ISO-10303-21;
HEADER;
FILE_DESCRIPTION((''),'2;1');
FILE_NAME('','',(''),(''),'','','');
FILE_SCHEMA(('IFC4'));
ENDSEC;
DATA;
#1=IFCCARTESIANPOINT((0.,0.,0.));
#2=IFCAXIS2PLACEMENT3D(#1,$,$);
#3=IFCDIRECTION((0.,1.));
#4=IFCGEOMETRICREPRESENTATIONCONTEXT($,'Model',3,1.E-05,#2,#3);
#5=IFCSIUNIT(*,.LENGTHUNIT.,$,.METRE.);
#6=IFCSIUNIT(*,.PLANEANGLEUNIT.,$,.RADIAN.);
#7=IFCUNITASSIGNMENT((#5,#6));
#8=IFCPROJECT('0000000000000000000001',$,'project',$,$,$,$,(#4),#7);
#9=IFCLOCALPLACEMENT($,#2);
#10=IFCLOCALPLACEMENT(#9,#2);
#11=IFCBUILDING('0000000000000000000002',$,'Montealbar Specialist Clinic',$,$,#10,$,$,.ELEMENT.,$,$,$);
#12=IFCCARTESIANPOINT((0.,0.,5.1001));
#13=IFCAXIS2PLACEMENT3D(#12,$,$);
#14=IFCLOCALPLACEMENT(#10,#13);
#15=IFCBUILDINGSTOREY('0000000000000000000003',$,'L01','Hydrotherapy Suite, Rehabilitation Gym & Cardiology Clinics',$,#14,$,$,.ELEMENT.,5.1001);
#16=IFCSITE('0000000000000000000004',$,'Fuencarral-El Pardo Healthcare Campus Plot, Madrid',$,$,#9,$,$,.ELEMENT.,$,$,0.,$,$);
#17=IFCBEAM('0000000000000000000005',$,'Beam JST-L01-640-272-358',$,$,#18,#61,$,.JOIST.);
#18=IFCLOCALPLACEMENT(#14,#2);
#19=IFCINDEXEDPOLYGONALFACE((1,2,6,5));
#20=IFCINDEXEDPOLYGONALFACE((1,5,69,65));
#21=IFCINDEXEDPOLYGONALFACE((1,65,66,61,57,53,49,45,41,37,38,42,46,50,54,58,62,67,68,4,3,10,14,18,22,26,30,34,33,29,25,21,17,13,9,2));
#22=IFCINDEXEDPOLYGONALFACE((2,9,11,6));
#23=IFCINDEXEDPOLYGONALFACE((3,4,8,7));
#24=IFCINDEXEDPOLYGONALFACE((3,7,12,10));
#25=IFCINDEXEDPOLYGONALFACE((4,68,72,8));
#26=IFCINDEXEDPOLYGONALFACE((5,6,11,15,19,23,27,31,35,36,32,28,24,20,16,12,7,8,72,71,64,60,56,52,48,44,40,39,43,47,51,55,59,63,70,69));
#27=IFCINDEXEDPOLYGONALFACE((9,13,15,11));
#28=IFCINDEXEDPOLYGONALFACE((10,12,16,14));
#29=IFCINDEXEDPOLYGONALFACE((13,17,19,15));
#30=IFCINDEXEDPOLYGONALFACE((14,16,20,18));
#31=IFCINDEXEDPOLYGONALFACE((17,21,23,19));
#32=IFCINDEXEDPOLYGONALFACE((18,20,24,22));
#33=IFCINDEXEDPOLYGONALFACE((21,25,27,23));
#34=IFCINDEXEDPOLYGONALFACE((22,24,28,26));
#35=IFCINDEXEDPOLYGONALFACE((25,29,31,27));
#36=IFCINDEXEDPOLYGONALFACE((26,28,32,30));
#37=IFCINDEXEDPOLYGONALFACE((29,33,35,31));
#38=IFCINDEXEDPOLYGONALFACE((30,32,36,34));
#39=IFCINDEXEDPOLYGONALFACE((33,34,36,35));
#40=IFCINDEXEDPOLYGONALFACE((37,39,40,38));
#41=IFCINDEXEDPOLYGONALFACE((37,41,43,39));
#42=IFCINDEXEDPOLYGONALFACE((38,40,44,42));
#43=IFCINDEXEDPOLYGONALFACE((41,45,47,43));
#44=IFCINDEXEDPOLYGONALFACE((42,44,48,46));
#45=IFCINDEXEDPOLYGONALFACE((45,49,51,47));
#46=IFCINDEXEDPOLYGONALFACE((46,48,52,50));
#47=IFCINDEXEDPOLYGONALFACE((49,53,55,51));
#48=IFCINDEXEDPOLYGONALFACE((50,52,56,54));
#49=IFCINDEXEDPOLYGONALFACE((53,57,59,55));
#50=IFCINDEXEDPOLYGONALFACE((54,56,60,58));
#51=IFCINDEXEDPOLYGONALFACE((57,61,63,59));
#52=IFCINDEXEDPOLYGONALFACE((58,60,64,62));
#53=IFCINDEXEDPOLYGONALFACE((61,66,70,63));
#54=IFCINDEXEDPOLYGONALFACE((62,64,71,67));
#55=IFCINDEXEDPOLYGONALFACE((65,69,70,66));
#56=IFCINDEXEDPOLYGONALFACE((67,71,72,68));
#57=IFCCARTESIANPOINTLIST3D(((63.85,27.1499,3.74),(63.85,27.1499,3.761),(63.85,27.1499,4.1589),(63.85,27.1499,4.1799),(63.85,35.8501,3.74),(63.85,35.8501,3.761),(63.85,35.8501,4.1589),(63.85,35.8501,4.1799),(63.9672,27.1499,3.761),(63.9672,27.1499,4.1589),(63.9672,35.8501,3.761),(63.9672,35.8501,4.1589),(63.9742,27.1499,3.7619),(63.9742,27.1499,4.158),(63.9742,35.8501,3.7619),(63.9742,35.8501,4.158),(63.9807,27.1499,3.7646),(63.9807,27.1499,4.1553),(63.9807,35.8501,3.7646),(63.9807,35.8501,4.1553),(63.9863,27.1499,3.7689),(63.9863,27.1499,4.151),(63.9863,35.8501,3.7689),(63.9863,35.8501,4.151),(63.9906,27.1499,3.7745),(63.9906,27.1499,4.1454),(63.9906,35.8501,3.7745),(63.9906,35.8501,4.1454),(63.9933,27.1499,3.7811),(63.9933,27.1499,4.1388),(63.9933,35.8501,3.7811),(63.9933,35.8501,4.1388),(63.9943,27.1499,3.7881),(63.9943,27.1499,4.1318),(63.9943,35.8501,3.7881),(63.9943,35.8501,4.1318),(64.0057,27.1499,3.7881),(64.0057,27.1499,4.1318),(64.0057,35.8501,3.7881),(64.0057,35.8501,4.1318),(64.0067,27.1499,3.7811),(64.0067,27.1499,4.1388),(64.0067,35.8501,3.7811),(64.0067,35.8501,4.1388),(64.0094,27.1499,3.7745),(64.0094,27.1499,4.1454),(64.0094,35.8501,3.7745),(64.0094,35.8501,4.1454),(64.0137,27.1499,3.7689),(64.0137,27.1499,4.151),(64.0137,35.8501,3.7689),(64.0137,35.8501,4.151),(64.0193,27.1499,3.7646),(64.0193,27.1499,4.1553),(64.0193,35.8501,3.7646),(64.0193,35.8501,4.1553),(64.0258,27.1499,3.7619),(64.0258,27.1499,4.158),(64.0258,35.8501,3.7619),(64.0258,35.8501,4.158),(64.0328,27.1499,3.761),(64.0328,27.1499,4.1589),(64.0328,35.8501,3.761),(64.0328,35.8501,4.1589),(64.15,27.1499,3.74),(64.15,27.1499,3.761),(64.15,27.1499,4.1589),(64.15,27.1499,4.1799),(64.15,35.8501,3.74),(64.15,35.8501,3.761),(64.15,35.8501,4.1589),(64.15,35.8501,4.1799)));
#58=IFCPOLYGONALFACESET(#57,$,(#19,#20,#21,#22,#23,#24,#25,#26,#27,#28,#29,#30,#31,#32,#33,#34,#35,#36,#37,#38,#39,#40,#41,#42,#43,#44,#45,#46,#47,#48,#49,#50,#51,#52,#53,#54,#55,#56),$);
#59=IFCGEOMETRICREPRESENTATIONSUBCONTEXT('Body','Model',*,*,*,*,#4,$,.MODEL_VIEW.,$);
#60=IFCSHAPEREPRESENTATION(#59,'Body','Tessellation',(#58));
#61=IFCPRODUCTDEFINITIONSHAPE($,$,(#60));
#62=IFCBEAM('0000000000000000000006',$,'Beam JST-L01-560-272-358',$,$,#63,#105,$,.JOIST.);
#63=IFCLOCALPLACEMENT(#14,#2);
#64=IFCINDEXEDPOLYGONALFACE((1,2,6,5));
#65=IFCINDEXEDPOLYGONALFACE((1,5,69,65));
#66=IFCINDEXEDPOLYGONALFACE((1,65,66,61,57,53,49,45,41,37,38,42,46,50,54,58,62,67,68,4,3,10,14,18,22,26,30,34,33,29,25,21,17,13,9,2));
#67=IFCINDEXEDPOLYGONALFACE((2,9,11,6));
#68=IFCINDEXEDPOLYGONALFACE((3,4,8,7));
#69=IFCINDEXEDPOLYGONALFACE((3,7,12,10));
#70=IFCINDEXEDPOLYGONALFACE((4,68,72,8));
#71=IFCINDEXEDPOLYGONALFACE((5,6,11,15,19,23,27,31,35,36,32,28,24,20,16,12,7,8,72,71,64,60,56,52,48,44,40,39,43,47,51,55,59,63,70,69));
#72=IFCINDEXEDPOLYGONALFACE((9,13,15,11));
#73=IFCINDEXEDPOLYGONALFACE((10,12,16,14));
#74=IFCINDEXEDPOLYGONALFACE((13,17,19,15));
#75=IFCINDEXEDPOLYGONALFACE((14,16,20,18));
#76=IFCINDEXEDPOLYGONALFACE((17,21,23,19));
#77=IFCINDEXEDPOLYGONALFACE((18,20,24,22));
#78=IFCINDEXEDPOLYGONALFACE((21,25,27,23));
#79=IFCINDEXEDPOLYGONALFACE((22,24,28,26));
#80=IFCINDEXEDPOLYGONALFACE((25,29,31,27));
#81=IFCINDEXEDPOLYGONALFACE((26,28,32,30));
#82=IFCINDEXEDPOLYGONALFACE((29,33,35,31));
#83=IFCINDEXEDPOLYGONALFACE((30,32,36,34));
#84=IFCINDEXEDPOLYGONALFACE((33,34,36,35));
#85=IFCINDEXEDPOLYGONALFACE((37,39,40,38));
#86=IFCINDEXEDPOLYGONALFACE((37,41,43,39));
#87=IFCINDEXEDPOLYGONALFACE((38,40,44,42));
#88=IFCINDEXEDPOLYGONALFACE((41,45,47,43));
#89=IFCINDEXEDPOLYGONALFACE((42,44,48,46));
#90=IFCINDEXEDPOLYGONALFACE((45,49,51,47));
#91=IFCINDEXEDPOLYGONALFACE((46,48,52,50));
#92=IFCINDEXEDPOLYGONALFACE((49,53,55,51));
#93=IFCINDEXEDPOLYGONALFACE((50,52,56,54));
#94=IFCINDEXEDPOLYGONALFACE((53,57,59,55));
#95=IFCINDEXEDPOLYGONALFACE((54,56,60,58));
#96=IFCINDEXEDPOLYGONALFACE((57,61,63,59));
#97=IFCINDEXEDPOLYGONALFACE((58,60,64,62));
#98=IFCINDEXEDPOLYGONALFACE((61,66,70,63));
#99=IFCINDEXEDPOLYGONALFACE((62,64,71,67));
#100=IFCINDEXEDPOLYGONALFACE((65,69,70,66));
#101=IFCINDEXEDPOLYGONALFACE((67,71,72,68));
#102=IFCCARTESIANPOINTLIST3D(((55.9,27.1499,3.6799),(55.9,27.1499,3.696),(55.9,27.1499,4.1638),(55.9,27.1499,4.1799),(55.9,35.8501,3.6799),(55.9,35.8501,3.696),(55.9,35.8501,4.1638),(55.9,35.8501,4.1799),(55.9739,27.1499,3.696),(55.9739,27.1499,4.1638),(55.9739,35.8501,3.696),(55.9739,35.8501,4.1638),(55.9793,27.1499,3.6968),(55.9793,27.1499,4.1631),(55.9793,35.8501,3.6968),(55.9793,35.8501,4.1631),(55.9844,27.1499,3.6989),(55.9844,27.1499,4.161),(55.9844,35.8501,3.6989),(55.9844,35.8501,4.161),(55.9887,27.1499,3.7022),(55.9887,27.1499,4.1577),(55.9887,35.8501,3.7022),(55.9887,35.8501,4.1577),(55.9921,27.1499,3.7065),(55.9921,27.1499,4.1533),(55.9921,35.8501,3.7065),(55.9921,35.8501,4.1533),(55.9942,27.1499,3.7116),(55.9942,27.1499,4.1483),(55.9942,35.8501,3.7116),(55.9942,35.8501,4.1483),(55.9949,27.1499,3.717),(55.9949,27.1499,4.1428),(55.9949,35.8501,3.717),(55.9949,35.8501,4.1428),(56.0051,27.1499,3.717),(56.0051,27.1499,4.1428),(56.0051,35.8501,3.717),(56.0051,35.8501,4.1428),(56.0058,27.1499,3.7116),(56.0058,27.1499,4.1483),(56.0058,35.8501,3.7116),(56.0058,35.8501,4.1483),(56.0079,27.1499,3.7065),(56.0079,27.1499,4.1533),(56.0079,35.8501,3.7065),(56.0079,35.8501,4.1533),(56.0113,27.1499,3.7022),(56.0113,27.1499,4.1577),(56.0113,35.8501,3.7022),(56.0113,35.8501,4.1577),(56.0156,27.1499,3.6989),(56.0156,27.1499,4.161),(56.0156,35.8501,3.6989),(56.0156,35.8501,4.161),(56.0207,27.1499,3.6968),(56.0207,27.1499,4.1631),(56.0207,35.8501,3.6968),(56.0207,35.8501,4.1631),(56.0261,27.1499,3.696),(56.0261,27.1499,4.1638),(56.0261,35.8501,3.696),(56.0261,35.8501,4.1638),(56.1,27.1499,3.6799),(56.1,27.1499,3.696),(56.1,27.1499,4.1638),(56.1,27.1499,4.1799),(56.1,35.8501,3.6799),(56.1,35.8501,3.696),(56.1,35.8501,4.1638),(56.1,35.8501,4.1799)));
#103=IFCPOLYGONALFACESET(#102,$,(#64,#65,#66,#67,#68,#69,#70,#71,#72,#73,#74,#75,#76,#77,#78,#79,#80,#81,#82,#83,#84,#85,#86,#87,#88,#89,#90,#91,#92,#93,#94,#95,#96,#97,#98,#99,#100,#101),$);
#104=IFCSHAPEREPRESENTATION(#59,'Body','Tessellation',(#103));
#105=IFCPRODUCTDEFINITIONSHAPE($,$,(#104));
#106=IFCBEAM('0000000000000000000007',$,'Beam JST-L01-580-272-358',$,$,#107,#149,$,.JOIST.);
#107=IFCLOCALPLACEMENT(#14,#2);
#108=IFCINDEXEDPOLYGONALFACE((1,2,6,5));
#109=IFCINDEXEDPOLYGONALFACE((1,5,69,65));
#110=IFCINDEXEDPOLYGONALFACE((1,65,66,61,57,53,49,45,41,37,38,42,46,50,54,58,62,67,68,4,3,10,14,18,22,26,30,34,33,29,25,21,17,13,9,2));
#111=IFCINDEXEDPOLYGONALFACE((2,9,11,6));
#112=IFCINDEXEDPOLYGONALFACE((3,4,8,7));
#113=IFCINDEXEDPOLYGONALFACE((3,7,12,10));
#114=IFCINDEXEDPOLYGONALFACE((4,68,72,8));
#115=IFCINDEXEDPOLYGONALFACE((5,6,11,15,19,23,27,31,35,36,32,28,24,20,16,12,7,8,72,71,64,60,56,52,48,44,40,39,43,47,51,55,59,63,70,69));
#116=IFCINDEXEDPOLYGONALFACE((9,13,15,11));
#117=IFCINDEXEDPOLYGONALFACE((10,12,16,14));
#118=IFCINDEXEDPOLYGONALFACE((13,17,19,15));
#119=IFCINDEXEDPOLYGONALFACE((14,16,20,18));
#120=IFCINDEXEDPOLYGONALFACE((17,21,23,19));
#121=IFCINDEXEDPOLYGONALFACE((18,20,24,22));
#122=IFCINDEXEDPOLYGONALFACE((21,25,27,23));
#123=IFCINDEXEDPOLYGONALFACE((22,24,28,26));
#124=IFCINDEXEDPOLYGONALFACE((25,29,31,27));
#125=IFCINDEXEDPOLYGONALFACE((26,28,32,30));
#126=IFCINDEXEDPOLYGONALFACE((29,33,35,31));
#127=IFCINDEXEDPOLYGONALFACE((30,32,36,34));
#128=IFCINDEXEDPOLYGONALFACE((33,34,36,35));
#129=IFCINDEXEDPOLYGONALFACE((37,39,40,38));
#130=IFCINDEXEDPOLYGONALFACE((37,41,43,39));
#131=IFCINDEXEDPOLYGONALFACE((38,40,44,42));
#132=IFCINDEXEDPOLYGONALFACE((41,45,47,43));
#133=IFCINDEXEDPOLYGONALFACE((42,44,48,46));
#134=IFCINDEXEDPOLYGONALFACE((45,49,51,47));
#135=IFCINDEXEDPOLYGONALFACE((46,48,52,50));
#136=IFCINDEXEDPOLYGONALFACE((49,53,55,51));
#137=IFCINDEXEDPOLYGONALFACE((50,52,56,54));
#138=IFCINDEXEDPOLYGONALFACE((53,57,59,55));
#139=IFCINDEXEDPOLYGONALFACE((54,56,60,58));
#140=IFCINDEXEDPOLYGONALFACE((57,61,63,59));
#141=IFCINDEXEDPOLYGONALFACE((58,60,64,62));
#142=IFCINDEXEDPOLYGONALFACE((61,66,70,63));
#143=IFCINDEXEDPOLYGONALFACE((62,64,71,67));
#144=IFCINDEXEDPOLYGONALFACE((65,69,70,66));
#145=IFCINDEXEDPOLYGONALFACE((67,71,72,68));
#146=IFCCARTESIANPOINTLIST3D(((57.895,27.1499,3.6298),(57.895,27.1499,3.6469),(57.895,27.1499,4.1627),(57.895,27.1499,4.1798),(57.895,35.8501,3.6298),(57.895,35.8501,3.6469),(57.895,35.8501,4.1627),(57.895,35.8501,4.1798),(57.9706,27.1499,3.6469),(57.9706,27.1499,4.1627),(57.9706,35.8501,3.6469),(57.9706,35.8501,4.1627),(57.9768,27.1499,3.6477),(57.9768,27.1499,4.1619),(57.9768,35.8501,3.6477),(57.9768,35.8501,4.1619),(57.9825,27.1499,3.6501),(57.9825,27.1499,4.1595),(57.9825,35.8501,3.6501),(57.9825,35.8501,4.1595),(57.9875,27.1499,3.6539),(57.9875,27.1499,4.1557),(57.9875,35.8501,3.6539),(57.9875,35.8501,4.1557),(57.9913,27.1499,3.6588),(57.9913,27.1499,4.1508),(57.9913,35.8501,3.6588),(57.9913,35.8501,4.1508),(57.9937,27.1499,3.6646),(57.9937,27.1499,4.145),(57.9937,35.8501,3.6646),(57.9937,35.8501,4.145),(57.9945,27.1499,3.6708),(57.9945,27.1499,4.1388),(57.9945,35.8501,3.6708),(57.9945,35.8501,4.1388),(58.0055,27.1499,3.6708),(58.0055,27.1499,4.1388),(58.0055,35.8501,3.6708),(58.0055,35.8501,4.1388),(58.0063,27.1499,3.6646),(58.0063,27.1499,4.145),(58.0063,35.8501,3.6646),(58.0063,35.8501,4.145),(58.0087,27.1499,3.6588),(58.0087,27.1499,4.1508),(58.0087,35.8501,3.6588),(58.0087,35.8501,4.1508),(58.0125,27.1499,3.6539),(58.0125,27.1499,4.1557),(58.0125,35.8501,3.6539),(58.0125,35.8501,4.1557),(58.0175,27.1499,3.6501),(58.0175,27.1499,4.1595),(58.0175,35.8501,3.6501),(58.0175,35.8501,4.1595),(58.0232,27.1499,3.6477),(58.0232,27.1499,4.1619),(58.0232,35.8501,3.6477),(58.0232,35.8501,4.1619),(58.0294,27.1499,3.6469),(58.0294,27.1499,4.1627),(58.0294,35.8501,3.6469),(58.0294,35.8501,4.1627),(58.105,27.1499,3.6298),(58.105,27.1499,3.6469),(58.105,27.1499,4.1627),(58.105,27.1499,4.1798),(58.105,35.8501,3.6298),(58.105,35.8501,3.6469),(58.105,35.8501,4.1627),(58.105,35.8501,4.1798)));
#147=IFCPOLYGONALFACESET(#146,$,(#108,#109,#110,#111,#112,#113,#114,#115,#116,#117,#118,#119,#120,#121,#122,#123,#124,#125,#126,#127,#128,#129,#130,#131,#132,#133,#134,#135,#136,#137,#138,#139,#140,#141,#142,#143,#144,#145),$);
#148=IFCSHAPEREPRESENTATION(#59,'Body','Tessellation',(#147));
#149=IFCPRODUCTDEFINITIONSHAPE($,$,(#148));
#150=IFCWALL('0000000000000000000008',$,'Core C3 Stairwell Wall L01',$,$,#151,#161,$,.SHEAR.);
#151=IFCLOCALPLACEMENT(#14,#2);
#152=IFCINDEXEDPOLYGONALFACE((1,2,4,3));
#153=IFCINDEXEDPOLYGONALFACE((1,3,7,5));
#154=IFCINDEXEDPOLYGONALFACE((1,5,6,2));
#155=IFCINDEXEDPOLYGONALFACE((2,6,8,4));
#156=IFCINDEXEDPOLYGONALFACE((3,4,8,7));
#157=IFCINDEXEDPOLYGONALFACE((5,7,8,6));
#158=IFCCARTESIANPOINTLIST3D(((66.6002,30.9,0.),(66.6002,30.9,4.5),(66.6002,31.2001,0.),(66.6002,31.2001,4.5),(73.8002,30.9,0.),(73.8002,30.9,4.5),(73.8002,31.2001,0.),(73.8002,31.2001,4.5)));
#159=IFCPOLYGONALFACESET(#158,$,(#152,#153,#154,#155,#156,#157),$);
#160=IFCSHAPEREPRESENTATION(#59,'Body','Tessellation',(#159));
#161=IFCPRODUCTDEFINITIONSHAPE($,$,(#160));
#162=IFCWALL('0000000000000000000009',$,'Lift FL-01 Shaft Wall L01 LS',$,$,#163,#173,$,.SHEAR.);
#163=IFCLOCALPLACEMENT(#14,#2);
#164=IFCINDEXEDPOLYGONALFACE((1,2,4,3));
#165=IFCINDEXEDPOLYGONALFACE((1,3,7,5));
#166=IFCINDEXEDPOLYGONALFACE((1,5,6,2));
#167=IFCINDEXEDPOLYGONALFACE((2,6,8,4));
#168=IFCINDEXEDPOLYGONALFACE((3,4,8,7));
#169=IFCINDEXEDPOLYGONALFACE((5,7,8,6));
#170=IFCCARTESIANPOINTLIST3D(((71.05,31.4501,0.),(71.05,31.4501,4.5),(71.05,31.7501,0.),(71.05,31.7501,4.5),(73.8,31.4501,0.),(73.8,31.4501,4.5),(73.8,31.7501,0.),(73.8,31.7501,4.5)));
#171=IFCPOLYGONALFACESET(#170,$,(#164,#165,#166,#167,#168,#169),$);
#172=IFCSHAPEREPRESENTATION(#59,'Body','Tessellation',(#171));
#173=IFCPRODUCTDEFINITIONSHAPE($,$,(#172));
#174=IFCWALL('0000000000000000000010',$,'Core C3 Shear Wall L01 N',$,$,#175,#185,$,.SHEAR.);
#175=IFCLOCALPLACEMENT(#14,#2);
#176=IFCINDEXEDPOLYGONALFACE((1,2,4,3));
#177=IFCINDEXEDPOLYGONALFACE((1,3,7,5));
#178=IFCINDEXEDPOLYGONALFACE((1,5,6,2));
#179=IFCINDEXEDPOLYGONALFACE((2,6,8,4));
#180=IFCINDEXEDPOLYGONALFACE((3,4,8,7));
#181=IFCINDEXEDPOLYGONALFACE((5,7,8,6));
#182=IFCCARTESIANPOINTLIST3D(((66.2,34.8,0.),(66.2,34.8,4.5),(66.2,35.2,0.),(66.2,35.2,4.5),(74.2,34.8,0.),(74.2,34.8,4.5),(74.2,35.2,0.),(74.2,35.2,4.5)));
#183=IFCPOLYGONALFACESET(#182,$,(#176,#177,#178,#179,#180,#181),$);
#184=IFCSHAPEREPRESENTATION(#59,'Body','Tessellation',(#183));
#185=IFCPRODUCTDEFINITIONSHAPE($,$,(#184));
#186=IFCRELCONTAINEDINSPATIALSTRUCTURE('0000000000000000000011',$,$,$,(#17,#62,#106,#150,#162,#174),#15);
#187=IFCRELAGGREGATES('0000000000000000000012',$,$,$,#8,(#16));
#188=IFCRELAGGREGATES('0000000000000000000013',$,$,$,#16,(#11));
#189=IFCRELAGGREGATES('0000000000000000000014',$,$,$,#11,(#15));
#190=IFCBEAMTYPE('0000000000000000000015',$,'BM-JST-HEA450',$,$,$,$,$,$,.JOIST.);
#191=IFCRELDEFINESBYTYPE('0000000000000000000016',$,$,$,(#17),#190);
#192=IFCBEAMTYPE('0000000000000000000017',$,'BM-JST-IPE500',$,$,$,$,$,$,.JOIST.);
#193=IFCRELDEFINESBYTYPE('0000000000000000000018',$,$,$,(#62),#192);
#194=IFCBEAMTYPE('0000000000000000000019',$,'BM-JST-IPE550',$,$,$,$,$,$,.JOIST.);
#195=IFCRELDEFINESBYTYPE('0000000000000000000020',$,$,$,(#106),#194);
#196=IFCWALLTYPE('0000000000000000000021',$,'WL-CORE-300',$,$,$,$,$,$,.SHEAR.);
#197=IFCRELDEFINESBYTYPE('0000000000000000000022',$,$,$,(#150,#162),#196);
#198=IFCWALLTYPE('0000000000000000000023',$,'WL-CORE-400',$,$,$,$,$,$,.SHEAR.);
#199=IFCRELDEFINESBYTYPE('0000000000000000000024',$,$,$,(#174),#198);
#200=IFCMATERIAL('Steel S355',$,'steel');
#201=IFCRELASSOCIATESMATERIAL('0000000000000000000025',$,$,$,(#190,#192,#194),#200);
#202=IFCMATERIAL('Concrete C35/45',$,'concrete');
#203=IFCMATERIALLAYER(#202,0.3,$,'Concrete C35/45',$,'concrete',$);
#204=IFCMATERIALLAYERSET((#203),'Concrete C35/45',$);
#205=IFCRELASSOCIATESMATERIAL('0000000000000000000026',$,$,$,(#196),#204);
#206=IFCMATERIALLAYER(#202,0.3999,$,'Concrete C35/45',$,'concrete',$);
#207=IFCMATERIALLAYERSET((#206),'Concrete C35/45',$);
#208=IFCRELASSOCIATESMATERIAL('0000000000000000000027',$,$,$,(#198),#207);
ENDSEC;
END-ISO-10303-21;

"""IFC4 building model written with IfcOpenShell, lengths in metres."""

from ifc_helpers import new_model, si_unit, direction, frame, frame_2d, origin, origin_2d, place, context, subcontext, project, spatial, rectangle, i_section, extrude, material, layer, layer_set, material_profile, profile_set, type_object, element, save


model = new_model("IFC4")

# Units and contexts
model_context = context("Model", 3, precision=1e-05, world=origin(), true_north=direction((0.0, 1.0)))
body_context = subcontext(model_context, "Body", "Model", "MODEL_VIEW")
ifc_project = project(units=[si_unit("LENGTHUNIT", "METRE"), si_unit("PLANEANGLEUNIT", "RADIAN")], contexts=[model_context])

# Site, building, storey
site_placement = place(None, origin())
site = spatial("IfcSite", under=ifc_project, at=site_placement, Name="Fuencarral-El Pardo Healthcare Campus Plot, Madrid", CompositionType="ELEMENT", RefElevation=0.0)
building_placement = place(site_placement, origin())
building = spatial("IfcBuilding", under=site, at=building_placement, Name="Montealbar Specialist Clinic", CompositionType="ELEMENT")
storey_placement = place(building_placement, frame((0.0, 0.0, 5.1001)))
storey = spatial("IfcBuildingStorey", under=building, at=storey_placement, Name="L01", Description="Hydrotherapy Suite, Rehabilitation Gym & Cardiology Clinics", CompositionType="ELEMENT", Elevation=5.1001)

# Shared definitions
ifc_material_1 = material(Name="Steel S355", Category="steel")

# Beams
ifc_material_profile_1 = material_profile(ifc_material_1, i_section(OverallWidth=0.3, OverallDepth=0.4399, WebThickness=0.0115, FlangeThickness=0.021, FilletRadius=0.0271, at=origin_2d()), Name="HEA 450", Category="steel")
ifc_profile_set_1 = profile_set([ifc_material_profile_1], Name="Steel S355")
beam_type_1 = type_object("IfcBeamType", Name="BM-JST-HEA450", PredefinedType="JOIST", material=ifc_profile_set_1)
beam_1_placement = place(storey_placement, frame((64.0, 27.1499, 3.96), z_axis=(0.0, 1.0, 0.0), x_axis=(-1.0, 0.0, 0.0)))
element("IfcBeam", 1, at=beam_1_placement, inside=storey, type_object=beam_type_1, Name="Beam JST-L01-640-272-358", PredefinedType="JOIST", context=body_context, shape_type="SweptSolid", body=[
    extrude(i_section(OverallWidth=0.3, OverallDepth=0.4399, WebThickness=0.0115, FlangeThickness=0.021, FilletRadius=0.0271, at=origin_2d()), origin(), (0.0, 0.0, 1.0), 8.7002),
])
ifc_material_profile_2 = material_profile(ifc_material_1, i_section(OverallWidth=0.2, OverallDepth=0.5, WebThickness=0.0103, FlangeThickness=0.0161, FilletRadius=0.021, at=origin_2d()), Name="IPE 500", Category="steel")
ifc_profile_set_2 = profile_set([ifc_material_profile_2], Name="Steel S355")
beam_type_2 = type_object("IfcBeamType", Name="BM-JST-IPE500", PredefinedType="JOIST", material=ifc_profile_set_2)
beam_2_placement = place(storey_placement, frame((56.0, 27.1499, 3.9299), z_axis=(0.0, 1.0, 0.0), x_axis=(-1.0, 0.0, 0.0)))
element("IfcBeam", 2, at=beam_2_placement, inside=storey, type_object=beam_type_2, Name="Beam JST-L01-560-272-358", PredefinedType="JOIST", context=body_context, shape_type="SweptSolid", body=[
    extrude(i_section(OverallWidth=0.2, OverallDepth=0.5, WebThickness=0.0103, FlangeThickness=0.0161, FilletRadius=0.021, at=origin_2d()), origin(), (0.0, 0.0, 1.0), 8.7002),
])
ifc_material_profile_3 = material_profile(ifc_material_1, i_section(OverallWidth=0.21, OverallDepth=0.55, WebThickness=0.011, FlangeThickness=0.0171, FilletRadius=0.0239, at=origin_2d()), Name="IPE 550", Category="steel")
ifc_profile_set_3 = profile_set([ifc_material_profile_3], Name="Steel S355")
beam_type_3 = type_object("IfcBeamType", Name="BM-JST-IPE550", PredefinedType="JOIST", material=ifc_profile_set_3)
beam_3_placement = place(storey_placement, frame((58.0, 27.1499, 3.9048), z_axis=(0.0, 1.0, 0.0), x_axis=(-1.0, 0.0, 0.0)))
element("IfcBeam", 3, at=beam_3_placement, inside=storey, type_object=beam_type_3, Name="Beam JST-L01-580-272-358", PredefinedType="JOIST", context=body_context, shape_type="SweptSolid", body=[
    extrude(i_section(OverallWidth=0.21, OverallDepth=0.55, WebThickness=0.011, FlangeThickness=0.0171, FilletRadius=0.0239, at=origin_2d()), origin(), (0.0, 0.0, 1.0), 8.7002),
])

# Walls
ifc_material_2 = material(Name="Concrete C35/45", Category="concrete")
ifc_layer_1 = layer(ifc_material_2, 0.3, Name="Concrete C35/45", Category="concrete")
ifc_layer_set_1 = layer_set([ifc_layer_1], Name="Concrete C35/45")
wall_type_1 = type_object("IfcWallType", Name="WL-CORE-300", PredefinedType="SHEAR", material=ifc_layer_set_1)
wall_1_placement = place(storey_placement, frame((66.6001, 31.05, 0.0), z_axis=(0.0, 0.0, 1.0), x_axis=(1.0, 0.0, 0.0)))
element("IfcWall", 4, at=wall_1_placement, inside=storey, type_object=wall_type_1, Name="Core C3 Stairwell Wall L01", PredefinedType="SHEAR", context=body_context, shape_type="SweptSolid", body=[
    extrude(rectangle(XDim=7.2, YDim=0.3, at=frame_2d((3.6001, 0.0))), origin(), (0.0, 0.0, 1.0), 4.5),
])
wall_2_placement = place(storey_placement, frame((71.05, 31.6001, 0.0), z_axis=(0.0, 0.0, 1.0), x_axis=(1.0, 0.0, 0.0)))
element("IfcWall", 5, at=wall_2_placement, inside=storey, type_object=wall_type_1, Name="Lift FL-01 Shaft Wall L01 LS", PredefinedType="SHEAR", context=body_context, shape_type="SweptSolid", body=[
    extrude(rectangle(XDim=2.75, YDim=0.3, at=frame_2d((1.375, 0.0))), origin(), (0.0, 0.0, 1.0), 4.5),
])

# Shared definitions
ifc_layer_2 = layer(ifc_material_2, 0.3999, Name="Concrete C35/45", Category="concrete")
ifc_layer_set_2 = layer_set([ifc_layer_2], Name="Concrete C35/45")
wall_type_2 = type_object("IfcWallType", Name="WL-CORE-400", PredefinedType="SHEAR", material=ifc_layer_set_2)

# Wall
wall_3_placement = place(storey_placement, frame((66.2, 35.0, 0.0), z_axis=(0.0, 0.0, 1.0), x_axis=(1.0, 0.0, 0.0)))
element("IfcWall", 6, at=wall_3_placement, inside=storey, type_object=wall_type_2, Name="Core C3 Shear Wall L01 N", PredefinedType="SHEAR", context=body_context, shape_type="SweptSolid", body=[
    extrude(rectangle(XDim=8.0, YDim=0.3999, at=frame_2d((4.0, 0.0))), origin(), (0.0, 0.0, 1.0), 4.5),
])

save(model, "model.ifc")
